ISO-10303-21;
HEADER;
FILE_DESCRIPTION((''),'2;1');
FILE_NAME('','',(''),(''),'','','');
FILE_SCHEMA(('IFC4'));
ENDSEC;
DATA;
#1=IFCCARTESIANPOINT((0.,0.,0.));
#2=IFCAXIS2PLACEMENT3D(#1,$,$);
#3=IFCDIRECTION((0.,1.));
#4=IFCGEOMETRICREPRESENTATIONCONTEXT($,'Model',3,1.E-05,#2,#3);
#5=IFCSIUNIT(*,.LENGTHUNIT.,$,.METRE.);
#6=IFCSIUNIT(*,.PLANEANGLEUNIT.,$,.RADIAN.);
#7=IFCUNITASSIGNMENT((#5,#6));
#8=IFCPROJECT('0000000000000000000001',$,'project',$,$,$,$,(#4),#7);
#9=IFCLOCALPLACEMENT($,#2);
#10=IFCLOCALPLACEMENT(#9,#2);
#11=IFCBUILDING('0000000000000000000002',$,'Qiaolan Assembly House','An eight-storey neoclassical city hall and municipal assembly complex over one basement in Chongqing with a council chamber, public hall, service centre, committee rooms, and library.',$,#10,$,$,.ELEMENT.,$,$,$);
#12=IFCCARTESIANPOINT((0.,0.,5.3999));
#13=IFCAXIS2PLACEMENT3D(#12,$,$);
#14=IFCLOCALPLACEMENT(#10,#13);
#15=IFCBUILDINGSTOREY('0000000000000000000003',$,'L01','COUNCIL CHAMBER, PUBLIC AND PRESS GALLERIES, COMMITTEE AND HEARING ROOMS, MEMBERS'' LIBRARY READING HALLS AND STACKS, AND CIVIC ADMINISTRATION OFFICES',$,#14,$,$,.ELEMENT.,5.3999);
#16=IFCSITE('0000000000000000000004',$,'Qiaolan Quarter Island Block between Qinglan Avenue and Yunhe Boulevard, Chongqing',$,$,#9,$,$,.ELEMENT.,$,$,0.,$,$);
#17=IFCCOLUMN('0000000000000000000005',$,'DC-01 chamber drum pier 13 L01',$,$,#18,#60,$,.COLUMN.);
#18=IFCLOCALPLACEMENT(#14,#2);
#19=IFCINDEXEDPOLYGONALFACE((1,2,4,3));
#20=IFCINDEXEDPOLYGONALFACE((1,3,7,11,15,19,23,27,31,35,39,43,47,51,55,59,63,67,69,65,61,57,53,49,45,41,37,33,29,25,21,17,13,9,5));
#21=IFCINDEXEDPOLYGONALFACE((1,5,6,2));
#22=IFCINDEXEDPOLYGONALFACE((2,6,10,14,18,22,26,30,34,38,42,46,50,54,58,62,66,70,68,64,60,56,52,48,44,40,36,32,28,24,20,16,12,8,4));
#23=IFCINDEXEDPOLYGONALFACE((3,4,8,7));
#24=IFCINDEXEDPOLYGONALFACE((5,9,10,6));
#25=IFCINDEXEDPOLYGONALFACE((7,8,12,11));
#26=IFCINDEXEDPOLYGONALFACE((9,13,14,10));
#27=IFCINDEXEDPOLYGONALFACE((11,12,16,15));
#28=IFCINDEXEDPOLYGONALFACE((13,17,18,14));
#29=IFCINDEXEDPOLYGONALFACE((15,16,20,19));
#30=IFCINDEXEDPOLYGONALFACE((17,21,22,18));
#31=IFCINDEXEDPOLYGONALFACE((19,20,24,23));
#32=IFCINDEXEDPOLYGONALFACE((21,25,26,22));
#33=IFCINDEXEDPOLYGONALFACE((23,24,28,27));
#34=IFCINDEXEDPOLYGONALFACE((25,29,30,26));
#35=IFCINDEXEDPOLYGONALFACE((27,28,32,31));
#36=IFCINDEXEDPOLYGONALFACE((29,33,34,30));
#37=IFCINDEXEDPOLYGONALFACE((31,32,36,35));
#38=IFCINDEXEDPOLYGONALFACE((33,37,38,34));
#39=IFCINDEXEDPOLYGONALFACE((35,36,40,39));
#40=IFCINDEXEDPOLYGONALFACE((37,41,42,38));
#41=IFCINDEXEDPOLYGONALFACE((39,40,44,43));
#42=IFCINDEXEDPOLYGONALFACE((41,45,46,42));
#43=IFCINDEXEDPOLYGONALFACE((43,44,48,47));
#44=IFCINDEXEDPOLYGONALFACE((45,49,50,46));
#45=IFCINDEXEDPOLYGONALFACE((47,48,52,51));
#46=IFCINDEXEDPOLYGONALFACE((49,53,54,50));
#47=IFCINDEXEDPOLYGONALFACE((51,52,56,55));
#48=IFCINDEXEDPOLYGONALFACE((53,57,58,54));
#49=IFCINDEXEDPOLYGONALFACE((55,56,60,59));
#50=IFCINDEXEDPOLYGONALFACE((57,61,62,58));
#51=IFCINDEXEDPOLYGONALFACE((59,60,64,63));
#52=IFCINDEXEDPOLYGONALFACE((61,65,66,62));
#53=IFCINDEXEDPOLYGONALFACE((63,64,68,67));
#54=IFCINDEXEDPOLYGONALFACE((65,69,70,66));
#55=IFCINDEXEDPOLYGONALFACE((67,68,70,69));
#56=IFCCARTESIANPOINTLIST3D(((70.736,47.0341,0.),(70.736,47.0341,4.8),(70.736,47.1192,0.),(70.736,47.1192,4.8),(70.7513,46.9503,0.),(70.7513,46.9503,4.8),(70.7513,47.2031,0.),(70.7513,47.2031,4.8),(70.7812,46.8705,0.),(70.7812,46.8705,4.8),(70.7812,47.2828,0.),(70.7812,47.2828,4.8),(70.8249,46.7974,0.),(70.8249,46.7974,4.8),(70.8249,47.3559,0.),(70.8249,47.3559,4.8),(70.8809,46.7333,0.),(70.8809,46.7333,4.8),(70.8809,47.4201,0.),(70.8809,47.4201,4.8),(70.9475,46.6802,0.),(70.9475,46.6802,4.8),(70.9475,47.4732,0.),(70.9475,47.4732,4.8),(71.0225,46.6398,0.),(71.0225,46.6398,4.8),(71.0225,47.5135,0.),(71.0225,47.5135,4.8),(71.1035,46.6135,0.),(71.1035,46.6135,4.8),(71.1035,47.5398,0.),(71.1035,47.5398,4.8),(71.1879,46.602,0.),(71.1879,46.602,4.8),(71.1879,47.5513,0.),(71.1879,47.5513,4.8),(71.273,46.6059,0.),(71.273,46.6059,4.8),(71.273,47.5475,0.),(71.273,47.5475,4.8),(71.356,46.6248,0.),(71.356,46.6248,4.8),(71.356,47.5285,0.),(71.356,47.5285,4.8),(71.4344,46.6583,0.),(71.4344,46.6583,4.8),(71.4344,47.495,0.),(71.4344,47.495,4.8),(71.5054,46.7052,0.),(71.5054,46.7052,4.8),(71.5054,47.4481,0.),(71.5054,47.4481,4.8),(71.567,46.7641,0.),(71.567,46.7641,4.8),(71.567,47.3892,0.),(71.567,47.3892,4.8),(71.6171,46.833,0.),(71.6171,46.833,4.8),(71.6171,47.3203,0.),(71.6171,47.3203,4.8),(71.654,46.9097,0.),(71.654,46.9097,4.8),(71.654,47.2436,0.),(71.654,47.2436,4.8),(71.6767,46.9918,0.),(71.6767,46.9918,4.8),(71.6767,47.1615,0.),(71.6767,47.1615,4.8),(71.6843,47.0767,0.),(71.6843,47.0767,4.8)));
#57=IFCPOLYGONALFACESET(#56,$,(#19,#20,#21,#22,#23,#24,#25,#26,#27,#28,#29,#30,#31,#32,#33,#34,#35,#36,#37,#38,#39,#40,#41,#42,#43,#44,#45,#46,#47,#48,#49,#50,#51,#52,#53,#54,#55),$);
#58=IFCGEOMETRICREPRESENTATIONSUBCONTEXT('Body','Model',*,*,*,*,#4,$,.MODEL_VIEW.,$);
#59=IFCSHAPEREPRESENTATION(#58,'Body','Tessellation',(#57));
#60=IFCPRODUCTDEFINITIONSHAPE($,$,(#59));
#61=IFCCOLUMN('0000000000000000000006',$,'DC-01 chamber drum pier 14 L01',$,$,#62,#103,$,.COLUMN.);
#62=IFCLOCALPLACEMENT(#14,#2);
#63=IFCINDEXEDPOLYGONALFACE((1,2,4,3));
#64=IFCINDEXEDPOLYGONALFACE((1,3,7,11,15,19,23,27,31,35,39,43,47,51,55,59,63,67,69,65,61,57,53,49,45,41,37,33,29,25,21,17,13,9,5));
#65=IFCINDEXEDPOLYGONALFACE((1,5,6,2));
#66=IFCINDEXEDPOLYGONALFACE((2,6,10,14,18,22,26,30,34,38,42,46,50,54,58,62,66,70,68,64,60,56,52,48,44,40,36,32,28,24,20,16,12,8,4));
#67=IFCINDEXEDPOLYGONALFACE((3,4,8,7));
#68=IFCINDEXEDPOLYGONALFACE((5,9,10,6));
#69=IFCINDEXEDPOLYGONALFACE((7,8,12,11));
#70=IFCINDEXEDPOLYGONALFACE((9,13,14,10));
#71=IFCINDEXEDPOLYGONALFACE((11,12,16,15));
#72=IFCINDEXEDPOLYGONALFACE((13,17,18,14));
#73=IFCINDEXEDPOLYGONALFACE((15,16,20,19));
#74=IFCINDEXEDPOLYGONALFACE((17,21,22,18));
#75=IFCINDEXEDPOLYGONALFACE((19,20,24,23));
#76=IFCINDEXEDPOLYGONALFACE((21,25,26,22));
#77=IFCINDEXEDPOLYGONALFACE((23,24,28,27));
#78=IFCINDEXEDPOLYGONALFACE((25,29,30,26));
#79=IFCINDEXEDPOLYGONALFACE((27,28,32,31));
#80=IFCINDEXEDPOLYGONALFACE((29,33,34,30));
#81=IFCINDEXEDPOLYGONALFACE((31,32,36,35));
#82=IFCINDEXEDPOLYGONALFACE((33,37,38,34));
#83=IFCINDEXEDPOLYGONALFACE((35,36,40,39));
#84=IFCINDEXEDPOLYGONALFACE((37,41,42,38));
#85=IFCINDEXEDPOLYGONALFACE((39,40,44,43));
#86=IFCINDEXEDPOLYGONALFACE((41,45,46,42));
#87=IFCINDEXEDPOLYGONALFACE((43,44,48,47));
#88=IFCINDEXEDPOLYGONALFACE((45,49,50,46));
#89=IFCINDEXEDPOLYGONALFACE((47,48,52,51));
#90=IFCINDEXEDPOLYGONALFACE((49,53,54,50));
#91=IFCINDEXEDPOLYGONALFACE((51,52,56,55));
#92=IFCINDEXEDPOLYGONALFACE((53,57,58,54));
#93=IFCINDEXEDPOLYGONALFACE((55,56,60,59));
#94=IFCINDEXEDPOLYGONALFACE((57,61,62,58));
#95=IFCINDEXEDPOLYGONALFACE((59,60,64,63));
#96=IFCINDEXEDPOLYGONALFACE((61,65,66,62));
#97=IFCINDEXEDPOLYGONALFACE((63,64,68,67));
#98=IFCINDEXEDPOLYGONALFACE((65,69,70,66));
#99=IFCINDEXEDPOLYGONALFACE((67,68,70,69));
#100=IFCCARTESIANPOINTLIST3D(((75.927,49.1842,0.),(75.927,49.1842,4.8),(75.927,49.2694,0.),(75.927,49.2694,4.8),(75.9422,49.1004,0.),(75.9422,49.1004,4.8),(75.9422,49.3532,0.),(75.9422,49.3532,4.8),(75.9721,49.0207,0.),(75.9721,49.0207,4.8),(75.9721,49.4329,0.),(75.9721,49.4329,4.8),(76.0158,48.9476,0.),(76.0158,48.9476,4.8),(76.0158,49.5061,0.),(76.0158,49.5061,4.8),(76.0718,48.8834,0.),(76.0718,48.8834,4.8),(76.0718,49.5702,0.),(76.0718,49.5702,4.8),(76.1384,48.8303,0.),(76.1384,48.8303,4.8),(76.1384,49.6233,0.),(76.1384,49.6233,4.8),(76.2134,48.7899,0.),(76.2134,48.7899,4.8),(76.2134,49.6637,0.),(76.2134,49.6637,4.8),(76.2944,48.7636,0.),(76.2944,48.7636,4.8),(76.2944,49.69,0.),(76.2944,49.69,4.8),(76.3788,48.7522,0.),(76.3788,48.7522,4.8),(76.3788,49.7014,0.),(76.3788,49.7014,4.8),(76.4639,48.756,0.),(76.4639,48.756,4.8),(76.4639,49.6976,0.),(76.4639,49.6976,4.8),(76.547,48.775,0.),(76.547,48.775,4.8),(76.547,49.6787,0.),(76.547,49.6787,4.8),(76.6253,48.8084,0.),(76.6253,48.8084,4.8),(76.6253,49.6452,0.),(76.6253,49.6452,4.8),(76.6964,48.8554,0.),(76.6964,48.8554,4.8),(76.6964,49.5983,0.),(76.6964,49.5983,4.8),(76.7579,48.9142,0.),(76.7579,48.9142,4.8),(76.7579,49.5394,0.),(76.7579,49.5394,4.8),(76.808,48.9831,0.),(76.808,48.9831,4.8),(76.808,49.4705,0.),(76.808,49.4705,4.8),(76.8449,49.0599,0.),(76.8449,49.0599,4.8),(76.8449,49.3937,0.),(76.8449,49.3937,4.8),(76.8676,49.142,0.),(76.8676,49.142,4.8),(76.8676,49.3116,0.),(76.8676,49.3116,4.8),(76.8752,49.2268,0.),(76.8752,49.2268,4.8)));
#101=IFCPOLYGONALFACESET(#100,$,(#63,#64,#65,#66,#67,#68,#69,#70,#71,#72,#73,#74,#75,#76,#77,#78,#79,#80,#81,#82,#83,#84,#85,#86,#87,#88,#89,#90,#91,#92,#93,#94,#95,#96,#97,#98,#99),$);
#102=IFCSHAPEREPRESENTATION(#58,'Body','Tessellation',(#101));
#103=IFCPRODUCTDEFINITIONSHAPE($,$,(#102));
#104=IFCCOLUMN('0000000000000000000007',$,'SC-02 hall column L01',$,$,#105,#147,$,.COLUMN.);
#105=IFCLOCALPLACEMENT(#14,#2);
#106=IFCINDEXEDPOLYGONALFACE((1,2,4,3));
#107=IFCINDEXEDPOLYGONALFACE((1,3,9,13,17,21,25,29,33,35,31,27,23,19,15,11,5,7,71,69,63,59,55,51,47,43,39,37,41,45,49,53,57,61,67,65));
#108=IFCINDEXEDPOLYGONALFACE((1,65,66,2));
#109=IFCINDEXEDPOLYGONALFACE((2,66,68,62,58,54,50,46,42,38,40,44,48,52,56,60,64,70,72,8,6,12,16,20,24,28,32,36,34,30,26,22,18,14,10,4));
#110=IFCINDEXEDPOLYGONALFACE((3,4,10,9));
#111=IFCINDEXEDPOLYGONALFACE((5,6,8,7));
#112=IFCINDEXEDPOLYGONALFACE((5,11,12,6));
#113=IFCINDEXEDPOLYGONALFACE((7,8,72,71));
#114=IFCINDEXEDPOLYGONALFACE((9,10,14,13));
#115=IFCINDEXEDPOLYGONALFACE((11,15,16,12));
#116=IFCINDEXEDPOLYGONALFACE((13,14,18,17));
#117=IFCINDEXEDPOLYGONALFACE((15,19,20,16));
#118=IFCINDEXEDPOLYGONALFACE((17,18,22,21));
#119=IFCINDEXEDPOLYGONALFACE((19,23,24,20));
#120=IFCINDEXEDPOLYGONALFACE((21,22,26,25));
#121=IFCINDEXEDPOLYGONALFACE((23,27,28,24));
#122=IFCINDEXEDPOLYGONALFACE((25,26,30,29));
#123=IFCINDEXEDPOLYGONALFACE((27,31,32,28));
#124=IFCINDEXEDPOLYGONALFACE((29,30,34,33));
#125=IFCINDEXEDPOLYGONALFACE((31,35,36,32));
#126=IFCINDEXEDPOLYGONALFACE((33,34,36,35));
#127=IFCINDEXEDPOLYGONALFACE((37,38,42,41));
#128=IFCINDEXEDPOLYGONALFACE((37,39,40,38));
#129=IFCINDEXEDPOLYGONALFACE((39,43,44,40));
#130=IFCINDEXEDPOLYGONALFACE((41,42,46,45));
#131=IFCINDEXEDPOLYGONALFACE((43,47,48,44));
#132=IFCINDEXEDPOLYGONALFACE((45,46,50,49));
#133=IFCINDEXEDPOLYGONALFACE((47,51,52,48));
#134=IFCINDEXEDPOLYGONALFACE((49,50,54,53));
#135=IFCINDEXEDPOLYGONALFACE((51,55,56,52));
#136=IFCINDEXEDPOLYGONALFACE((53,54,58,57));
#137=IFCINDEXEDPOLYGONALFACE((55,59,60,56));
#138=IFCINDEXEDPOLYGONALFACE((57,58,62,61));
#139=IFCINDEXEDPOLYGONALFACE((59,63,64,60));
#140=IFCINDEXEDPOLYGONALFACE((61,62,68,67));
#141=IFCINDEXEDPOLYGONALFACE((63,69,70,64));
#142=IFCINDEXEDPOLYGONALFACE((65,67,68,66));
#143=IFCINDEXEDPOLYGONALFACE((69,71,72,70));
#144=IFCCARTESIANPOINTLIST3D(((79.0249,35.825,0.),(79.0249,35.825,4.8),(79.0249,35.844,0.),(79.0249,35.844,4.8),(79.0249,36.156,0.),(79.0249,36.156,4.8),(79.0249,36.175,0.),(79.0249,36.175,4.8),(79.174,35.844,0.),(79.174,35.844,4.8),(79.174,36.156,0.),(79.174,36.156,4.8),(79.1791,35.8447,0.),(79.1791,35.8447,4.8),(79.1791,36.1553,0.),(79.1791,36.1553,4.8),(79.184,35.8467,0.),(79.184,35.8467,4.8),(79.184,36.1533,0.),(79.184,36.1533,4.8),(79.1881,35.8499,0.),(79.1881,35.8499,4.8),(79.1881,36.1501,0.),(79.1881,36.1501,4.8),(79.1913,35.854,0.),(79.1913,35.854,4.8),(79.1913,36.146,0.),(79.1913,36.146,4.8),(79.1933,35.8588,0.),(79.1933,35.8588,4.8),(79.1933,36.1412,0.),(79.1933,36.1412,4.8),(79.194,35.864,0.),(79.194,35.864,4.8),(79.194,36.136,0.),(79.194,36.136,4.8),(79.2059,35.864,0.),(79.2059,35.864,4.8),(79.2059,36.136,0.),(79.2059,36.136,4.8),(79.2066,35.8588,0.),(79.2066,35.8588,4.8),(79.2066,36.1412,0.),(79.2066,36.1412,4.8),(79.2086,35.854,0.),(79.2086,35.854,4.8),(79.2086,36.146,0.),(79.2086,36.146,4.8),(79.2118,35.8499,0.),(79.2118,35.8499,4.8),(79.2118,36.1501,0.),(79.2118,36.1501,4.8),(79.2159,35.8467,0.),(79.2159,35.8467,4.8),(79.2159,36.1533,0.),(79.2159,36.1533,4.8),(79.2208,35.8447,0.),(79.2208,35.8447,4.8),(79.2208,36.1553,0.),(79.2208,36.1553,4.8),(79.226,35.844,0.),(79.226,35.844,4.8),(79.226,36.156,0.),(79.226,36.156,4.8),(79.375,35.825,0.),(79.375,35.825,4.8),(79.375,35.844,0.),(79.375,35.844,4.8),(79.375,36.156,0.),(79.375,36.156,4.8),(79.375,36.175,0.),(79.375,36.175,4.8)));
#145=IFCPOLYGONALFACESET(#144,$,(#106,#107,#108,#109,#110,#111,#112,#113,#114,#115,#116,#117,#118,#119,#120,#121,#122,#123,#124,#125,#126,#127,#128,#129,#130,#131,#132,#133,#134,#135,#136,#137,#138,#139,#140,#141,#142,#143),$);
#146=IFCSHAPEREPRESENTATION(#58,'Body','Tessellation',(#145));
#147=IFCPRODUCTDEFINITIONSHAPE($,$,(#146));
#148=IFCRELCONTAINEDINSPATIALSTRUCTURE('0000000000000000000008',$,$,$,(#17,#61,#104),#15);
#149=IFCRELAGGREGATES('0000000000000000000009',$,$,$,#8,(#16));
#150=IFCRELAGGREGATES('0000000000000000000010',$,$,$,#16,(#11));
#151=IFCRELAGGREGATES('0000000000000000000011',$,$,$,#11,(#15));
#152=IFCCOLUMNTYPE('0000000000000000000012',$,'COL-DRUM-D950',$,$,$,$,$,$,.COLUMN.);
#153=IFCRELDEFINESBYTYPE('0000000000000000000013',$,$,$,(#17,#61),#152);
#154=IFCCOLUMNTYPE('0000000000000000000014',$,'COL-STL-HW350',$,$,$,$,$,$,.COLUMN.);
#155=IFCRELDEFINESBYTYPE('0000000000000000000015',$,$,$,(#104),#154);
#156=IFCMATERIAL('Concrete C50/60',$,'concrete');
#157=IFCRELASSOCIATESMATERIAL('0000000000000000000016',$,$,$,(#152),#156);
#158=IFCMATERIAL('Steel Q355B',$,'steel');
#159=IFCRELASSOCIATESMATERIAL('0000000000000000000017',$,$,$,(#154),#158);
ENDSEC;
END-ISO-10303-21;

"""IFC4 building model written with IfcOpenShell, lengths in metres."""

from ifc_helpers import new_model, si_unit, direction, frame, origin, origin_2d, place, context, subcontext, project, spatial, circle, i_section, extrude, material, material_profile, profile_set, type_object, element, save


model = new_model("IFC4")

# Units and contexts
model_context = context("Model", 3, precision=1e-05, world=origin(), true_north=direction((0.0, 1.0)))
body_context = subcontext(model_context, "Body", "Model", "MODEL_VIEW")
ifc_project = project(units=[si_unit("LENGTHUNIT", "METRE"), si_unit("PLANEANGLEUNIT", "RADIAN")], contexts=[model_context])

# Site, building, storey
site_placement = place(None, origin())
site = spatial("IfcSite", under=ifc_project, at=site_placement, Name="Qiaolan Quarter Island Block between Qinglan Avenue and Yunhe Boulevard, Chongqing", CompositionType="ELEMENT", RefElevation=0.0)
building_placement = place(site_placement, origin())
building = spatial("IfcBuilding", under=site, at=building_placement, Name="Qiaolan Assembly House", Description="An eight-storey neoclassical city hall and municipal assembly complex over one basement in Chongqing with a council chamber, public hall, service centre, committee rooms, and library.", CompositionType="ELEMENT")
storey_placement = place(building_placement, frame((0.0, 0.0, 5.3999)))
storey = spatial("IfcBuildingStorey", under=building, at=storey_placement, Name="L01", Description="COUNCIL CHAMBER, PUBLIC AND PRESS GALLERIES, COMMITTEE AND HEARING ROOMS, MEMBERS' LIBRARY READING HALLS AND STACKS, AND CIVIC ADMINISTRATION OFFICES", CompositionType="ELEMENT", Elevation=5.3999)

# Columns
ifc_material_1 = material(Name="Concrete C50/60", Category="concrete")
ifc_material_profile_1 = material_profile(ifc_material_1, circle(Radius=0.4751, at=origin_2d()), Name="CIRC D950")
ifc_profile_set_1 = profile_set([ifc_material_profile_1], Name="Concrete C50/60")
column_type_1 = type_object("IfcColumnType", Name="COL-DRUM-D950", PredefinedType="COLUMN", material=ifc_profile_set_1)
for number, where, z_axis, x_axis, name in (
    (1, (71.2092, 47.0767, 0.0), (0.0, 0.0, 1.0), (1.0, 0.0, 0.0), "DC-01 chamber drum pier 13 L01"),
    (2, (76.4001, 49.2268, 0.0), (0.0, 0.0, 1.0), (1.0, 0.0, 0.0), "DC-01 chamber drum pier 14 L01"),
):
    element("IfcColumn", number, at=place(storey_placement, frame(where, z_axis=z_axis, x_axis=x_axis)), inside=storey, type_object=column_type_1, Name=name, PredefinedType="COLUMN", context=body_context, shape_type="SweptSolid", body=[
        extrude(circle(Radius=0.4751, at=origin_2d()), origin(), (0.0, 0.0, 1.0), 4.8),
    ])
ifc_material_2 = material(Name="Steel Q355B", Category="steel")
ifc_material_profile_2 = material_profile(ifc_material_2, i_section(OverallWidth=0.3501, OverallDepth=0.3501, WebThickness=0.012, FlangeThickness=0.019, FilletRadius=0.02, at=origin_2d()), Name="HW 350x350x12x19")
ifc_profile_set_2 = profile_set([ifc_material_profile_2], Name="Steel Q355B")
column_type_2 = type_object("IfcColumnType", Name="COL-STL-HW350", PredefinedType="COLUMN", material=ifc_profile_set_2)
column_placement = place(storey_placement, frame((79.2, 36.0, 0.0), z_axis=(0.0, 0.0, 1.0), x_axis=(1.0, 0.0, 0.0)))
element("IfcColumn", 3, at=column_placement, inside=storey, type_object=column_type_2, Name="SC-02 hall column L01", PredefinedType="COLUMN", context=body_context, shape_type="SweptSolid", body=[
    extrude(i_section(OverallWidth=0.3501, OverallDepth=0.3501, WebThickness=0.012, FlangeThickness=0.019, FilletRadius=0.02, at=origin_2d()), origin(), (0.0, 0.0, 1.0), 4.8),
])

save(model, "model.ifc")
